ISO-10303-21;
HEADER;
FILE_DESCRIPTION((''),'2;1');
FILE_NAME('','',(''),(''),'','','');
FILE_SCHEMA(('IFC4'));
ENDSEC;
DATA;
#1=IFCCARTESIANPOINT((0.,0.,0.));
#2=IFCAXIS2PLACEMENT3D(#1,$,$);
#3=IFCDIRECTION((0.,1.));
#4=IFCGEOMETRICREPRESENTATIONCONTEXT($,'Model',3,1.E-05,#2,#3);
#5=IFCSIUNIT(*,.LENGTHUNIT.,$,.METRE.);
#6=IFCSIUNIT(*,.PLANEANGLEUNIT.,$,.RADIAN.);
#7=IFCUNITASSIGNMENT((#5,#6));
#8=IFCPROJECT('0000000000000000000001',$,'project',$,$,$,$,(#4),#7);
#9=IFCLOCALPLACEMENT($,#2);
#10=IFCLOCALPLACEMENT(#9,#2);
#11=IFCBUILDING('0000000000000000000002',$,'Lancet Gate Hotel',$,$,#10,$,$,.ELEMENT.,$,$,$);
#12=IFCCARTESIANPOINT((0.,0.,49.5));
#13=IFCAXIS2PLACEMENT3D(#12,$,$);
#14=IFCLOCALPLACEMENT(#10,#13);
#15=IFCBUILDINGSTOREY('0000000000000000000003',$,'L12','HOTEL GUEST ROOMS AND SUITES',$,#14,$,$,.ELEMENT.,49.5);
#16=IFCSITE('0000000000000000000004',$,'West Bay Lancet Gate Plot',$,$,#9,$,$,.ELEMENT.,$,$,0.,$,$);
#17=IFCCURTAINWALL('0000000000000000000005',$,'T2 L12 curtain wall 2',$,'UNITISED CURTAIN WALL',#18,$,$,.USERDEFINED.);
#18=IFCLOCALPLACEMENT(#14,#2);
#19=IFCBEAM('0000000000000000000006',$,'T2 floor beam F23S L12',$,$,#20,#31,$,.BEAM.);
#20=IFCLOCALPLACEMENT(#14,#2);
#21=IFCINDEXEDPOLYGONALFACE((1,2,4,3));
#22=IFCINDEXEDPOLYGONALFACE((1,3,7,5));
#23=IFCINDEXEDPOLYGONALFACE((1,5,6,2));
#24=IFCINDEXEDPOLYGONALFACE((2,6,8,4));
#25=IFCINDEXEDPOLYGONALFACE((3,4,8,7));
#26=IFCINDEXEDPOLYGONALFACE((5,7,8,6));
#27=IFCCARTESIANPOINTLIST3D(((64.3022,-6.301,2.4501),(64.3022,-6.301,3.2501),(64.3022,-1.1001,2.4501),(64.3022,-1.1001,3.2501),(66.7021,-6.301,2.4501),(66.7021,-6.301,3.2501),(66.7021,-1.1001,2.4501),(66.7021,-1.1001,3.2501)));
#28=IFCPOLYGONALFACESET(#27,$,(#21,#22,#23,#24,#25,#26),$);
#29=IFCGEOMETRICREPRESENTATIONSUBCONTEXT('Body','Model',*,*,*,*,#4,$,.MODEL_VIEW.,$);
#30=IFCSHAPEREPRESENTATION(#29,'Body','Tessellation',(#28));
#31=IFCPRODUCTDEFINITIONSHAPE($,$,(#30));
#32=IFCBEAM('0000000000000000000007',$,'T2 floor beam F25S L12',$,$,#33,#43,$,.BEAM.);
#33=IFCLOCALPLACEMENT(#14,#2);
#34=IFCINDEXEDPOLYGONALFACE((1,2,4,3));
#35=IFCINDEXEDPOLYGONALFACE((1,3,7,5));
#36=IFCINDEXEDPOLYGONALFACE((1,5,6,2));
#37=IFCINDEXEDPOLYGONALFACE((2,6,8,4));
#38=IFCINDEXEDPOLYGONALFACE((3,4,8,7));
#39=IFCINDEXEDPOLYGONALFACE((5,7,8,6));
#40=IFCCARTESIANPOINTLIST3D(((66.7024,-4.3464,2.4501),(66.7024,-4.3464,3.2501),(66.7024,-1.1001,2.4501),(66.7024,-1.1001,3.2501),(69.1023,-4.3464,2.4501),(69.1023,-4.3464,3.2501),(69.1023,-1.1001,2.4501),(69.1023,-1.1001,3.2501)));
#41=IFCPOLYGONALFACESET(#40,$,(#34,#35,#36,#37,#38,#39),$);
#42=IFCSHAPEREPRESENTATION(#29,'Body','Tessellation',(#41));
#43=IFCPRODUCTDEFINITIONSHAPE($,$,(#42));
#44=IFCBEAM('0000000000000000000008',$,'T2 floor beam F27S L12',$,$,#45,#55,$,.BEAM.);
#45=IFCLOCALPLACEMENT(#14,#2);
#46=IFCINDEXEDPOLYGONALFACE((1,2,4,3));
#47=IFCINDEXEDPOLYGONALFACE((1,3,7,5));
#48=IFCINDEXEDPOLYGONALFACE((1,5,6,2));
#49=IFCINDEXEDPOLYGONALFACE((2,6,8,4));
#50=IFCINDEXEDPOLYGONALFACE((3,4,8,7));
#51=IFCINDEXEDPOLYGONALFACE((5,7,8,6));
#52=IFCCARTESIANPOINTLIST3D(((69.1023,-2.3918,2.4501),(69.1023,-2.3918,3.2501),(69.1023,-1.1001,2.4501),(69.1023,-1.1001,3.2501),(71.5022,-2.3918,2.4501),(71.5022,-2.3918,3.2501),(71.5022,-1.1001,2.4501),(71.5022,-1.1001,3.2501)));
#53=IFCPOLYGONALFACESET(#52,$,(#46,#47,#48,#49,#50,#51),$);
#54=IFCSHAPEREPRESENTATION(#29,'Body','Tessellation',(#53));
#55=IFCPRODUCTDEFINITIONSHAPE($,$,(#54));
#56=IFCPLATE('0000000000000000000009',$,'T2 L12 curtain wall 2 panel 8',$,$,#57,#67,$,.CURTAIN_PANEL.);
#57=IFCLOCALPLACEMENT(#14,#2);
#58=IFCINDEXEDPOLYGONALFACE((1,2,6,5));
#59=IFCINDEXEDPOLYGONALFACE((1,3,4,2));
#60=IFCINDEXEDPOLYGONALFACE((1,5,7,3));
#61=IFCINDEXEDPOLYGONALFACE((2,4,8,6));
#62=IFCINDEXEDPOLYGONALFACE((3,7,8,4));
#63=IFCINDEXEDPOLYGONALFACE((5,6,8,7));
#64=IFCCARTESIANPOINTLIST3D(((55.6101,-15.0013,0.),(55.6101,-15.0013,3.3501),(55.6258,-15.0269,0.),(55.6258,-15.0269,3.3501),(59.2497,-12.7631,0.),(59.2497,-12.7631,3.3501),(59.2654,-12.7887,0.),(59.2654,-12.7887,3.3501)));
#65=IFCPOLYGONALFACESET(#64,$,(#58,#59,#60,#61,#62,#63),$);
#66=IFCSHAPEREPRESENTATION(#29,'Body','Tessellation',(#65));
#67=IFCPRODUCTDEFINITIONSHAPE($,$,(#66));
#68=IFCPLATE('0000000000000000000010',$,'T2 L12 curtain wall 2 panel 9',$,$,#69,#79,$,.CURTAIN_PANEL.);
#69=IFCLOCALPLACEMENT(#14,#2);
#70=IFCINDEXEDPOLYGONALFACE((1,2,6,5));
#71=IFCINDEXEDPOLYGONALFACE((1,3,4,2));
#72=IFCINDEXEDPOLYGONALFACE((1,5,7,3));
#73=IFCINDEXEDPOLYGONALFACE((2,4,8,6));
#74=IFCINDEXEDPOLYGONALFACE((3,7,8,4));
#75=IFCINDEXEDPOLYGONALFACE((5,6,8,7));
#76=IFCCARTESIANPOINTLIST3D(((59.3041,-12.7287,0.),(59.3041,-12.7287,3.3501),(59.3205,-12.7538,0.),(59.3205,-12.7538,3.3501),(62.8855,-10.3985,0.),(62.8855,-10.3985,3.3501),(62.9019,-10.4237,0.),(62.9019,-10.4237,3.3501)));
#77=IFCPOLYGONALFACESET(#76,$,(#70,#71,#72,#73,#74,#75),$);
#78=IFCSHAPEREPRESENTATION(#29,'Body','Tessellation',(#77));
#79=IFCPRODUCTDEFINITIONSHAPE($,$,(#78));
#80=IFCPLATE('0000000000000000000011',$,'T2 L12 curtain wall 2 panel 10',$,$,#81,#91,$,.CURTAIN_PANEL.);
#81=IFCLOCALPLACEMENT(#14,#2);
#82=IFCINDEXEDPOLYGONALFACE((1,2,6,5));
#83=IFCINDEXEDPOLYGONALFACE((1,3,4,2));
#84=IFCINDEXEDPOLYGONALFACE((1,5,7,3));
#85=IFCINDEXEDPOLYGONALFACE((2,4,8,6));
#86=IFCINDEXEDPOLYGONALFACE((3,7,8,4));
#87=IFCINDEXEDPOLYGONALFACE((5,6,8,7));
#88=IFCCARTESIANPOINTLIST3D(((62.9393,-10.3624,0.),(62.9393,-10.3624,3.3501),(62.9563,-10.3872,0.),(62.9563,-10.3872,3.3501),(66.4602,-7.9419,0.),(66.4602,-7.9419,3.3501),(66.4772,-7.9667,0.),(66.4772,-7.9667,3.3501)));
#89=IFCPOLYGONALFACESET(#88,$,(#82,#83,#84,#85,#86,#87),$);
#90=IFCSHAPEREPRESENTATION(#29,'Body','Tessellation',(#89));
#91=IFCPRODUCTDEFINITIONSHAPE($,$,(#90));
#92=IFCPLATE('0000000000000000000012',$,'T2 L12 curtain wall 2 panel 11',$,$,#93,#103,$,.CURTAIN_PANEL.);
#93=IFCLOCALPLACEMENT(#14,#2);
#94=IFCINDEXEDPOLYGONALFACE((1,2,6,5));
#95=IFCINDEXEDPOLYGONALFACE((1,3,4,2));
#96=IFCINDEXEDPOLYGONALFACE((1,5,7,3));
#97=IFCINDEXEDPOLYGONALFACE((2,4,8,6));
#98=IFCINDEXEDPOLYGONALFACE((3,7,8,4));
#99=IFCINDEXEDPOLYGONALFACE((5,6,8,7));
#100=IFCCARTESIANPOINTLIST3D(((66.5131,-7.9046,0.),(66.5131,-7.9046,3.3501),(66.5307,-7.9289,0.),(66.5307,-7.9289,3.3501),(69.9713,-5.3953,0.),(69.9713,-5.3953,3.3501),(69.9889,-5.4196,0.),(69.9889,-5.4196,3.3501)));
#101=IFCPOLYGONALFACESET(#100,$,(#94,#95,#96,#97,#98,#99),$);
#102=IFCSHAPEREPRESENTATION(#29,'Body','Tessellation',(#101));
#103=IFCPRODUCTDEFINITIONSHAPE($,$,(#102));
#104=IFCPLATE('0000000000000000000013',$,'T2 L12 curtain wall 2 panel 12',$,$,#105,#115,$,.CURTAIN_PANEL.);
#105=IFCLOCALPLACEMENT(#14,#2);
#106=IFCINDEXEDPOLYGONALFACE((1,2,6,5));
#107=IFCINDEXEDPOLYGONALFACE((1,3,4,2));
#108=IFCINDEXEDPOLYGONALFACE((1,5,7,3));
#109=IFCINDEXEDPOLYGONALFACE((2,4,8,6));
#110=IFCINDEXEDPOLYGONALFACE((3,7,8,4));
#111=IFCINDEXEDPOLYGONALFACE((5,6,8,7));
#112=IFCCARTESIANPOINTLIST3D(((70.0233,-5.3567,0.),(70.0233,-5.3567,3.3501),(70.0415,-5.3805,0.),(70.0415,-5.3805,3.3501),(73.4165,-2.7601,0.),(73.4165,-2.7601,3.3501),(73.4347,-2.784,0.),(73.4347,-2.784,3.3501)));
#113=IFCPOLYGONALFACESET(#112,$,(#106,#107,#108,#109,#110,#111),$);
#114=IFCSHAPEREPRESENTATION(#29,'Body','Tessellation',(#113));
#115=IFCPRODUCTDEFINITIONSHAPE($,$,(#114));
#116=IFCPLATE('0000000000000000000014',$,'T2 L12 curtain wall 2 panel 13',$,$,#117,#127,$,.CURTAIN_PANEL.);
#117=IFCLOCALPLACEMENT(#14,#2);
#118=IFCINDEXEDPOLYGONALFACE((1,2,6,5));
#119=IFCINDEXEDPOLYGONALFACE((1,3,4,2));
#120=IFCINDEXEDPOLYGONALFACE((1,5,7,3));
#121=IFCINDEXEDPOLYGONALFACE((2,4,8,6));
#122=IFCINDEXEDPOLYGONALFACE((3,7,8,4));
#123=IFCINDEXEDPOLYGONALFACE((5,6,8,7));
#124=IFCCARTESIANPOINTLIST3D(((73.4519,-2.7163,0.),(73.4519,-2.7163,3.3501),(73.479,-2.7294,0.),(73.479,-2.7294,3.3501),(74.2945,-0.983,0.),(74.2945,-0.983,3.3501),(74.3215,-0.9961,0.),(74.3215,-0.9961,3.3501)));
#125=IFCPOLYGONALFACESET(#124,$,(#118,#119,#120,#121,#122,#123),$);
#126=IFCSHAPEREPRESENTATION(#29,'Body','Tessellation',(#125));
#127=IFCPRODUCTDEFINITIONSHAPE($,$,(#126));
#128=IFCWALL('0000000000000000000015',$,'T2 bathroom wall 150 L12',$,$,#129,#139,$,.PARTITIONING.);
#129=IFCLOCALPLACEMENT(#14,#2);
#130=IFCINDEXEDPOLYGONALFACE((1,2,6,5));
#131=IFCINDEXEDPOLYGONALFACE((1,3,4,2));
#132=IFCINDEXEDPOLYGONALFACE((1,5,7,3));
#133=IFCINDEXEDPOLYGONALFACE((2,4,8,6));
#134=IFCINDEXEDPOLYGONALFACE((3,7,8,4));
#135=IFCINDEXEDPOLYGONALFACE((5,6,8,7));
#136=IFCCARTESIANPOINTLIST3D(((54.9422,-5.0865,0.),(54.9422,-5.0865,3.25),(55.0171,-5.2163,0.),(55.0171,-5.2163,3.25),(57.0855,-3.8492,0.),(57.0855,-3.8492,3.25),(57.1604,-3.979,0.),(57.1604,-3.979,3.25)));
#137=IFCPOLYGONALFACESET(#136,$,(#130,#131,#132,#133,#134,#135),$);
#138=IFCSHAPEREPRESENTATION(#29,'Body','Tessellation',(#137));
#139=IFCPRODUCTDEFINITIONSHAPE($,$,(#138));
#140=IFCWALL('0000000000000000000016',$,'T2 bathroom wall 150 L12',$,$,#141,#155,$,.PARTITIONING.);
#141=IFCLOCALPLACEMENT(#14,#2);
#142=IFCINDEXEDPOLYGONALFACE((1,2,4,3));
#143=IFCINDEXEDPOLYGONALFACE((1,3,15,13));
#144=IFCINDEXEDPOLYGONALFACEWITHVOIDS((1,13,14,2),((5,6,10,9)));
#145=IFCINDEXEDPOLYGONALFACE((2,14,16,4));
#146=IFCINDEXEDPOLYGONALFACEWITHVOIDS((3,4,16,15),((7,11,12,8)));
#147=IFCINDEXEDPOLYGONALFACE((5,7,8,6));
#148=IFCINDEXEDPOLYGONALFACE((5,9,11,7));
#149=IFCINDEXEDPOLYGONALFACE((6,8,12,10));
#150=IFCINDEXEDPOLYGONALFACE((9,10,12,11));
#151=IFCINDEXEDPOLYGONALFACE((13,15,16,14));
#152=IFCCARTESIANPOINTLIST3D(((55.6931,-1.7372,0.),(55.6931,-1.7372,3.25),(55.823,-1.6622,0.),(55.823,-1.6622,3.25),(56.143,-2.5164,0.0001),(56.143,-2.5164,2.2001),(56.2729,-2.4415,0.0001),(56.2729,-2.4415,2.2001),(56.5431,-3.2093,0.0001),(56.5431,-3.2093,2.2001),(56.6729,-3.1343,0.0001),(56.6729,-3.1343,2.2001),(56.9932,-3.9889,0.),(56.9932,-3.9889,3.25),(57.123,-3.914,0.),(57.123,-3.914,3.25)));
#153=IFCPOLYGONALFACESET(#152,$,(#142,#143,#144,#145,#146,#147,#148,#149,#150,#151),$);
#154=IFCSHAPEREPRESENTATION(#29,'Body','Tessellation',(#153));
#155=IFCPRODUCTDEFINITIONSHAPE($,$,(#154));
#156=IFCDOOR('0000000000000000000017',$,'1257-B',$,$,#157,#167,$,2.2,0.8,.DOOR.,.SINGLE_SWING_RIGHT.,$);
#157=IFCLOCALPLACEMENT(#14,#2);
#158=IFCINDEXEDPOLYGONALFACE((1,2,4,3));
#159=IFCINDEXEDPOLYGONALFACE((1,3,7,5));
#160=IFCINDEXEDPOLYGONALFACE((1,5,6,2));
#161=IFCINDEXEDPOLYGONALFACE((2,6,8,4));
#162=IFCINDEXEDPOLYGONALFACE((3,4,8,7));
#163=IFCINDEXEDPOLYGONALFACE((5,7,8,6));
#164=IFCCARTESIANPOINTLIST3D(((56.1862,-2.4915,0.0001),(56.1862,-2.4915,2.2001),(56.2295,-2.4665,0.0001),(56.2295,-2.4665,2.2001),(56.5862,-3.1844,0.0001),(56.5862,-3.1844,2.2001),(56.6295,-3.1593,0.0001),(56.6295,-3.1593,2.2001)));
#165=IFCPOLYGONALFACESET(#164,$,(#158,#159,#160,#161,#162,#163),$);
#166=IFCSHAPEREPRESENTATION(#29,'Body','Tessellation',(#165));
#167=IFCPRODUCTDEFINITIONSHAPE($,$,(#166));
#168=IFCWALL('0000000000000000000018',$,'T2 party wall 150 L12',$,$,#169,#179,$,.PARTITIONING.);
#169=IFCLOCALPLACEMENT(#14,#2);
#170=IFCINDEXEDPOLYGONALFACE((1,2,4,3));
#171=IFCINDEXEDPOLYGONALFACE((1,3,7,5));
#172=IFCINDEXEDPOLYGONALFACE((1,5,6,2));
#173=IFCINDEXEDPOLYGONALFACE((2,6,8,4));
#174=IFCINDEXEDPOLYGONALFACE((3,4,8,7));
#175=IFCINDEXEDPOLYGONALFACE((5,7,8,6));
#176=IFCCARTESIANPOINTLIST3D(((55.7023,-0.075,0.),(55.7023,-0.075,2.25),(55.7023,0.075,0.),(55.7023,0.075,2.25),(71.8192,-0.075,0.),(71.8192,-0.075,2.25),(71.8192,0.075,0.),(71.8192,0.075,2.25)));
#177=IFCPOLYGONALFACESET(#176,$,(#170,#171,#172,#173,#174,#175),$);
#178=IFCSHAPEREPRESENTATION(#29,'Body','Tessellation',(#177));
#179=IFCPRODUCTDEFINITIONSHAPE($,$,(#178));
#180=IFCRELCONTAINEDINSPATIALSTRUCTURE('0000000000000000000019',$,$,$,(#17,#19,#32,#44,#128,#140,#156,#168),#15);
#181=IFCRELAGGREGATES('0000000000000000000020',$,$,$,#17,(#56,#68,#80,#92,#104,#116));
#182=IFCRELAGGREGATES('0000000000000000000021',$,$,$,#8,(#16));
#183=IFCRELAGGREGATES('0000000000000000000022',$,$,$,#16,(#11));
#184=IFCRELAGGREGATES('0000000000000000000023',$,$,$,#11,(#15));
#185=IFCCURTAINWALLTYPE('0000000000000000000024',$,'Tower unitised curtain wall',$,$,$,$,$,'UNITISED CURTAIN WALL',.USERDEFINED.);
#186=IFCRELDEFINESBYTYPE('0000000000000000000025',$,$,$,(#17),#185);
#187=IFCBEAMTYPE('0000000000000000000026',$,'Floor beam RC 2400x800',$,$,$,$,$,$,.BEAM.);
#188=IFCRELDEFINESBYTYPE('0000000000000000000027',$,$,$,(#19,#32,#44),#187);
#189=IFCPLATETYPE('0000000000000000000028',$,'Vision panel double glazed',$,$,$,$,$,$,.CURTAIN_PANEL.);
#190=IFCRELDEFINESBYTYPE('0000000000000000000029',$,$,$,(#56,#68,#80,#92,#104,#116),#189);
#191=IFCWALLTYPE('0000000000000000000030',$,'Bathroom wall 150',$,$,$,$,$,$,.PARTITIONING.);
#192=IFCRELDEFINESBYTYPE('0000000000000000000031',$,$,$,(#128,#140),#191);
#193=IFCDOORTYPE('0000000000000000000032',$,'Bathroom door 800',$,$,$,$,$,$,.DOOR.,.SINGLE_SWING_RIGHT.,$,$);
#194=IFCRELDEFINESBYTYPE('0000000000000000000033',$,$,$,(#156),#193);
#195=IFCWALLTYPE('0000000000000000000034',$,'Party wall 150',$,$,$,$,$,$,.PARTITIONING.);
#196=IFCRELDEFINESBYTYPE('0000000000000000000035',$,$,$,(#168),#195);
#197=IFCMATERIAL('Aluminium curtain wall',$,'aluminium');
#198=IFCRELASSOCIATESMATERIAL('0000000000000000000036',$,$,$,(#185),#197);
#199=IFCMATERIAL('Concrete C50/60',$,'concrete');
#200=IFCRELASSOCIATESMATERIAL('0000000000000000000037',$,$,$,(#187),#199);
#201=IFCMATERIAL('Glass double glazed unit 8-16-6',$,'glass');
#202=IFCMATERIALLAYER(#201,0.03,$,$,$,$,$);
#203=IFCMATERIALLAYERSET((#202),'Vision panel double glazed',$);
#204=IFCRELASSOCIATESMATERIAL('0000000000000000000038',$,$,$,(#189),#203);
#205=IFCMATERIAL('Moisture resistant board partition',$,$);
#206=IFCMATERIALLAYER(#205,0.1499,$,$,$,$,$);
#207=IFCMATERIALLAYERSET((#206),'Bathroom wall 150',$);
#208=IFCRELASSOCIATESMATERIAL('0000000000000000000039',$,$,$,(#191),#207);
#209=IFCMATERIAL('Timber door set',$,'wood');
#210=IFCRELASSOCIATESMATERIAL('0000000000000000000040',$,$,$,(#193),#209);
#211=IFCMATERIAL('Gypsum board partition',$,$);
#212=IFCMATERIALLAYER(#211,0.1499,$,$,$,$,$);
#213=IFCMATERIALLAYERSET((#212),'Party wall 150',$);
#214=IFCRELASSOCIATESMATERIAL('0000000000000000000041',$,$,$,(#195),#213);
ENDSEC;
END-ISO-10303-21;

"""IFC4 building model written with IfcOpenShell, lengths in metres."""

from ifc_helpers import new_model, si_unit, direction, frame, frame_2d, origin, origin_2d, place, context, subcontext, project, spatial, rectangle, extrude, material, layer, layer_set, material_profile, profile_set, type_object, element, fill, aggregate, save


model = new_model("IFC4")

# Units and contexts
model_context = context("Model", 3, precision=1e-05, world=origin(), true_north=direction((0.0, 1.0)))
body_context = subcontext(model_context, "Body", "Model", "MODEL_VIEW")
ifc_project = project(units=[si_unit("LENGTHUNIT", "METRE"), si_unit("PLANEANGLEUNIT", "RADIAN")], contexts=[model_context])

# Site, building, storey
site_placement = place(None, origin())
site = spatial("IfcSite", under=ifc_project, at=site_placement, Name="West Bay Lancet Gate Plot", CompositionType="ELEMENT", RefElevation=0.0)
building_placement = place(site_placement, origin())
building = spatial("IfcBuilding", under=site, at=building_placement, Name="Lancet Gate Hotel", CompositionType="ELEMENT")
storey_placement = place(building_placement, frame((0.0, 0.0, 49.5)))
storey = spatial("IfcBuildingStorey", under=building, at=storey_placement, Name="L12", Description="HOTEL GUEST ROOMS AND SUITES", CompositionType="ELEMENT", Elevation=49.5)

# Curtain wall
ifc_material_1 = material(Name="Aluminium curtain wall", Category="aluminium")
curtain_wall_type = type_object("IfcCurtainWallType", Name="Tower unitised curtain wall", ElementType="UNITISED CURTAIN WALL", PredefinedType="USERDEFINED", material=ifc_material_1)
curtain_wall_placement = place(storey_placement, origin())
curtain_wall = element("IfcCurtainWall", 1, at=curtain_wall_placement, inside=storey, type_object=curtain_wall_type, Name="T2 L12 curtain wall 2", ObjectType="UNITISED CURTAIN WALL", PredefinedType="USERDEFINED")

# Beams
ifc_material_2 = material(Name="Concrete C50/60", Category="concrete")
ifc_material_profile_1 = material_profile(ifc_material_2, rectangle(XDim=2.3999, YDim=0.8, at=origin_2d()), Name="RC 2400x800")
ifc_profile_set_1 = profile_set([ifc_material_profile_1], Name="Concrete C50/60")
beam_type_1 = type_object("IfcBeamType", Name="Floor beam RC 2400x800", PredefinedType="BEAM", material=ifc_profile_set_1)
beam_1_placement = place(storey_placement, frame((65.5022, -6.301, 2.8501), z_axis=(0.0, 1.0, 0.0), x_axis=(-1.0, 0.0, 0.0)))
element("IfcBeam", 2, at=beam_1_placement, inside=storey, type_object=beam_type_1, Name="T2 floor beam F23S L12", PredefinedType="BEAM", context=body_context, shape_type="SweptSolid", body=[
    extrude(rectangle(XDim=2.3999, YDim=0.8, at=origin_2d()), origin(), (0.0, 0.0, 1.0), 5.2009),
])
beam_2_placement = place(storey_placement, frame((67.9023, -4.3464, 2.8501), z_axis=(0.0, 1.0, 0.0), x_axis=(-1.0, 0.0, 0.0)))
element("IfcBeam", 3, at=beam_2_placement, inside=storey, type_object=beam_type_1, Name="T2 floor beam F25S L12", PredefinedType="BEAM", context=body_context, shape_type="SweptSolid", body=[
    extrude(rectangle(XDim=2.3999, YDim=0.8, at=origin_2d()), origin(), (0.0, 0.0, 1.0), 3.2463),
])
beam_3_placement = place(storey_placement, frame((70.3022, -2.3918, 2.8501), z_axis=(0.0, 1.0, 0.0), x_axis=(-1.0, 0.0, 0.0)))
element("IfcBeam", 4, at=beam_3_placement, inside=storey, type_object=beam_type_1, Name="T2 floor beam F27S L12", PredefinedType="BEAM", context=body_context, shape_type="SweptSolid", body=[
    extrude(rectangle(XDim=2.3999, YDim=0.8, at=origin_2d()), origin(), (0.0, 0.0, 1.0), 1.2917),
])

# Plates
ifc_material_3 = material(Name="Glass double glazed unit 8-16-6", Category="glass")
ifc_layer_1 = layer(ifc_material_3, 0.03)
ifc_layer_set_1 = layer_set([ifc_layer_1], Name="Vision panel double glazed")
plate_type = type_object("IfcPlateType", Name="Vision panel double glazed", PredefinedType="CURTAIN_PANEL", material=ifc_layer_set_1)
plate_1_placement = place(storey_placement, frame((57.4377, -13.895, 0.0), z_axis=(0.0, 0.0, 1.0), x_axis=(0.851815, 0.523842, 0.0)))
plate_1 = element("IfcPlate", 5, at=plate_1_placement, type_object=plate_type, Name="T2 L12 curtain wall 2 panel 8", PredefinedType="CURTAIN_PANEL", context=body_context, shape_type="SweptSolid", body=[
    extrude(rectangle(XDim=4.2727, YDim=0.03, at=origin_2d()), origin(), (0.0, 0.0, 1.0), 3.3501),
])
plate_2_placement = place(storey_placement, frame((61.103, -11.5762, 0.0), z_axis=(0.0, 0.0, 1.0), x_axis=(0.838207, 0.545353, 0.0)))
plate_2 = element("IfcPlate", 6, at=plate_2_placement, type_object=plate_type, Name="T2 L12 curtain wall 2 panel 9", PredefinedType="CURTAIN_PANEL", context=body_context, shape_type="SweptSolid", body=[
    extrude(rectangle(XDim=4.2727, YDim=0.03, at=origin_2d()), origin(), (0.0, 0.0, 1.0), 3.3501),
])
plate_3_placement = place(storey_placement, frame((64.7083, -9.1646, 0.0), z_axis=(0.0, 0.0, 1.0), x_axis=(0.824055, 0.566509, 0.0)))
plate_3 = element("IfcPlate", 7, at=plate_3_placement, type_object=plate_type, Name="T2 L12 curtain wall 2 panel 10", PredefinedType="CURTAIN_PANEL", context=body_context, shape_type="SweptSolid", body=[
    extrude(rectangle(XDim=4.2727, YDim=0.03, at=origin_2d()), origin(), (0.0, 0.0, 1.0), 3.3501),
])
plate_4_placement = place(storey_placement, frame((68.251, -6.6621, 0.0), z_axis=(0.0, 0.0, 1.0), x_axis=(0.80937, 0.587299, 0.0)))
plate_4 = element("IfcPlate", 8, at=plate_4_placement, type_object=plate_type, Name="T2 L12 curtain wall 2 panel 11", PredefinedType="CURTAIN_PANEL", context=body_context, shape_type="SweptSolid", body=[
    extrude(rectangle(XDim=4.2727, YDim=0.03, at=origin_2d()), origin(), (0.0, 0.0, 1.0), 3.3501),
])
plate_5_placement = place(storey_placement, frame((71.729, -4.0703, 0.0), z_axis=(0.0, 0.0, 1.0), x_axis=(0.79416, 0.607709, 0.0)))
plate_5 = element("IfcPlate", 9, at=plate_5_placement, type_object=plate_type, Name="T2 L12 curtain wall 2 panel 12", PredefinedType="CURTAIN_PANEL", context=body_context, shape_type="SweptSolid", body=[
    extrude(rectangle(XDim=4.2727, YDim=0.03, at=origin_2d()), origin(), (0.0, 0.0, 1.0), 3.3501),
])
plate_6_placement = place(storey_placement, frame((73.8867, -1.8562, 0.0), z_axis=(0.0, 0.0, 1.0), x_axis=(0.437169, 0.899379, 0.0)))
plate_6 = element("IfcPlate", 10, at=plate_6_placement, type_object=plate_type, Name="T2 L12 curtain wall 2 panel 13", PredefinedType="CURTAIN_PANEL", context=body_context, shape_type="SweptSolid", body=[
    extrude(rectangle(XDim=1.9272, YDim=0.03, at=origin_2d()), origin(), (0.0, 0.0, 1.0), 3.3501),
])
aggregate(curtain_wall, [plate_1, plate_2, plate_3, plate_4, plate_5, plate_6])

# Wall
ifc_material_4 = material(Name="Moisture resistant board partition")
ifc_layer_2 = layer(ifc_material_4, 0.1499)
ifc_layer_set_2 = layer_set([ifc_layer_2], Name="Bathroom wall 150")
wall_type_1 = type_object("IfcWallType", Name="Bathroom wall 150", PredefinedType="PARTITIONING", material=ifc_layer_set_2)
wall_1_placement = place(storey_placement, frame((54.9797, -5.1514, 0.0), z_axis=(0.0, 0.0, 1.0), x_axis=(0.866049, 0.499959, 0.0)))
element("IfcWall", 11, at=wall_1_placement, inside=storey, type_object=wall_type_1, Name="T2 bathroom wall 150 L12", PredefinedType="PARTITIONING", context=body_context, shape_type="SweptSolid", body=[
    extrude(rectangle(XDim=2.4749, YDim=0.1499, at=frame_2d((1.2373, 0.0))), origin(), (0.0, 0.0, 1.0), 3.25),
])

# Wall, opening, door
wall_2_placement = place(storey_placement, frame((55.7581, -1.6997, 0.0), z_axis=(0.0, 0.0, 1.0), x_axis=(0.500007, -0.866021, 0.0)))
wall_2 = element("IfcWall", 12, at=wall_2_placement, inside=storey, type_object=wall_type_1, Name="T2 bathroom wall 150 L12", PredefinedType="PARTITIONING", context=body_context, shape_type="SweptSolid", body=[
    extrude(rectangle(XDim=2.6001, YDim=0.1499, at=frame_2d((1.3, 0.0))), origin(), (0.0, 0.0, 1.0), 3.25),
])
opening_placement = place(wall_2_placement, frame((0.8999, 0.0, 0.0)))
opening = element("IfcOpeningElement", 13, at=opening_placement, cuts=wall_2, PredefinedType="OPENING", context=body_context, shape_type="SweptSolid", body=[
    extrude(rectangle(XDim=0.8, YDim=2.2, at=frame_2d((0.3999, 1.1001))), frame((0.0, 0.085, 0.0), z_axis=(0.0, -1.0, 0.0), x_axis=(1.0, 0.0, 0.0)), (0.0, 0.0, 1.0), 0.1699),
])
ifc_material_5 = material(Name="Timber door set", Category="wood")
door_type = type_object("IfcDoorType", Name="Bathroom door 800", OperationType="SINGLE_SWING_RIGHT", PredefinedType="DOOR", material=ifc_material_5)
door_placement = place(opening_placement, origin())
door = element("IfcDoor", 14, at=door_placement, inside=storey, type_object=door_type, Name="1257-B", OperationType="SINGLE_SWING_RIGHT", OverallHeight=2.2, OverallWidth=0.8, PredefinedType="DOOR", context=body_context, shape_type="SweptSolid", body=[
    extrude(rectangle(XDim=0.8, YDim=2.2, at=frame_2d((0.3999, 1.1001))), frame((0.0, 0.0249, 0.0), z_axis=(0.0, -1.0, 0.0), x_axis=(1.0, 0.0, 0.0)), (0.0, 0.0, 1.0), 0.05),
])
fill(opening, door)

# Wall
ifc_material_6 = material(Name="Gypsum board partition")
ifc_layer_3 = layer(ifc_material_6, 0.1499)
ifc_layer_set_3 = layer_set([ifc_layer_3], Name="Party wall 150")
wall_type_2 = type_object("IfcWallType", Name="Party wall 150", PredefinedType="PARTITIONING", material=ifc_layer_set_3)
wall_3_placement = place(storey_placement, frame((55.7021, 0.0, 0.0), z_axis=(0.0, 0.0, 1.0), x_axis=(1.0, 0.0, 0.0)))
element("IfcWall", 15, at=wall_3_placement, inside=storey, type_object=wall_type_2, Name="T2 party wall 150 L12", PredefinedType="PARTITIONING", context=body_context, shape_type="SweptSolid", body=[
    extrude(rectangle(XDim=16.1169, YDim=0.1499, at=frame_2d((8.0586, 0.0))), origin(), (0.0, 0.0, 1.0), 2.25),
])

save(model, "model.ifc")
